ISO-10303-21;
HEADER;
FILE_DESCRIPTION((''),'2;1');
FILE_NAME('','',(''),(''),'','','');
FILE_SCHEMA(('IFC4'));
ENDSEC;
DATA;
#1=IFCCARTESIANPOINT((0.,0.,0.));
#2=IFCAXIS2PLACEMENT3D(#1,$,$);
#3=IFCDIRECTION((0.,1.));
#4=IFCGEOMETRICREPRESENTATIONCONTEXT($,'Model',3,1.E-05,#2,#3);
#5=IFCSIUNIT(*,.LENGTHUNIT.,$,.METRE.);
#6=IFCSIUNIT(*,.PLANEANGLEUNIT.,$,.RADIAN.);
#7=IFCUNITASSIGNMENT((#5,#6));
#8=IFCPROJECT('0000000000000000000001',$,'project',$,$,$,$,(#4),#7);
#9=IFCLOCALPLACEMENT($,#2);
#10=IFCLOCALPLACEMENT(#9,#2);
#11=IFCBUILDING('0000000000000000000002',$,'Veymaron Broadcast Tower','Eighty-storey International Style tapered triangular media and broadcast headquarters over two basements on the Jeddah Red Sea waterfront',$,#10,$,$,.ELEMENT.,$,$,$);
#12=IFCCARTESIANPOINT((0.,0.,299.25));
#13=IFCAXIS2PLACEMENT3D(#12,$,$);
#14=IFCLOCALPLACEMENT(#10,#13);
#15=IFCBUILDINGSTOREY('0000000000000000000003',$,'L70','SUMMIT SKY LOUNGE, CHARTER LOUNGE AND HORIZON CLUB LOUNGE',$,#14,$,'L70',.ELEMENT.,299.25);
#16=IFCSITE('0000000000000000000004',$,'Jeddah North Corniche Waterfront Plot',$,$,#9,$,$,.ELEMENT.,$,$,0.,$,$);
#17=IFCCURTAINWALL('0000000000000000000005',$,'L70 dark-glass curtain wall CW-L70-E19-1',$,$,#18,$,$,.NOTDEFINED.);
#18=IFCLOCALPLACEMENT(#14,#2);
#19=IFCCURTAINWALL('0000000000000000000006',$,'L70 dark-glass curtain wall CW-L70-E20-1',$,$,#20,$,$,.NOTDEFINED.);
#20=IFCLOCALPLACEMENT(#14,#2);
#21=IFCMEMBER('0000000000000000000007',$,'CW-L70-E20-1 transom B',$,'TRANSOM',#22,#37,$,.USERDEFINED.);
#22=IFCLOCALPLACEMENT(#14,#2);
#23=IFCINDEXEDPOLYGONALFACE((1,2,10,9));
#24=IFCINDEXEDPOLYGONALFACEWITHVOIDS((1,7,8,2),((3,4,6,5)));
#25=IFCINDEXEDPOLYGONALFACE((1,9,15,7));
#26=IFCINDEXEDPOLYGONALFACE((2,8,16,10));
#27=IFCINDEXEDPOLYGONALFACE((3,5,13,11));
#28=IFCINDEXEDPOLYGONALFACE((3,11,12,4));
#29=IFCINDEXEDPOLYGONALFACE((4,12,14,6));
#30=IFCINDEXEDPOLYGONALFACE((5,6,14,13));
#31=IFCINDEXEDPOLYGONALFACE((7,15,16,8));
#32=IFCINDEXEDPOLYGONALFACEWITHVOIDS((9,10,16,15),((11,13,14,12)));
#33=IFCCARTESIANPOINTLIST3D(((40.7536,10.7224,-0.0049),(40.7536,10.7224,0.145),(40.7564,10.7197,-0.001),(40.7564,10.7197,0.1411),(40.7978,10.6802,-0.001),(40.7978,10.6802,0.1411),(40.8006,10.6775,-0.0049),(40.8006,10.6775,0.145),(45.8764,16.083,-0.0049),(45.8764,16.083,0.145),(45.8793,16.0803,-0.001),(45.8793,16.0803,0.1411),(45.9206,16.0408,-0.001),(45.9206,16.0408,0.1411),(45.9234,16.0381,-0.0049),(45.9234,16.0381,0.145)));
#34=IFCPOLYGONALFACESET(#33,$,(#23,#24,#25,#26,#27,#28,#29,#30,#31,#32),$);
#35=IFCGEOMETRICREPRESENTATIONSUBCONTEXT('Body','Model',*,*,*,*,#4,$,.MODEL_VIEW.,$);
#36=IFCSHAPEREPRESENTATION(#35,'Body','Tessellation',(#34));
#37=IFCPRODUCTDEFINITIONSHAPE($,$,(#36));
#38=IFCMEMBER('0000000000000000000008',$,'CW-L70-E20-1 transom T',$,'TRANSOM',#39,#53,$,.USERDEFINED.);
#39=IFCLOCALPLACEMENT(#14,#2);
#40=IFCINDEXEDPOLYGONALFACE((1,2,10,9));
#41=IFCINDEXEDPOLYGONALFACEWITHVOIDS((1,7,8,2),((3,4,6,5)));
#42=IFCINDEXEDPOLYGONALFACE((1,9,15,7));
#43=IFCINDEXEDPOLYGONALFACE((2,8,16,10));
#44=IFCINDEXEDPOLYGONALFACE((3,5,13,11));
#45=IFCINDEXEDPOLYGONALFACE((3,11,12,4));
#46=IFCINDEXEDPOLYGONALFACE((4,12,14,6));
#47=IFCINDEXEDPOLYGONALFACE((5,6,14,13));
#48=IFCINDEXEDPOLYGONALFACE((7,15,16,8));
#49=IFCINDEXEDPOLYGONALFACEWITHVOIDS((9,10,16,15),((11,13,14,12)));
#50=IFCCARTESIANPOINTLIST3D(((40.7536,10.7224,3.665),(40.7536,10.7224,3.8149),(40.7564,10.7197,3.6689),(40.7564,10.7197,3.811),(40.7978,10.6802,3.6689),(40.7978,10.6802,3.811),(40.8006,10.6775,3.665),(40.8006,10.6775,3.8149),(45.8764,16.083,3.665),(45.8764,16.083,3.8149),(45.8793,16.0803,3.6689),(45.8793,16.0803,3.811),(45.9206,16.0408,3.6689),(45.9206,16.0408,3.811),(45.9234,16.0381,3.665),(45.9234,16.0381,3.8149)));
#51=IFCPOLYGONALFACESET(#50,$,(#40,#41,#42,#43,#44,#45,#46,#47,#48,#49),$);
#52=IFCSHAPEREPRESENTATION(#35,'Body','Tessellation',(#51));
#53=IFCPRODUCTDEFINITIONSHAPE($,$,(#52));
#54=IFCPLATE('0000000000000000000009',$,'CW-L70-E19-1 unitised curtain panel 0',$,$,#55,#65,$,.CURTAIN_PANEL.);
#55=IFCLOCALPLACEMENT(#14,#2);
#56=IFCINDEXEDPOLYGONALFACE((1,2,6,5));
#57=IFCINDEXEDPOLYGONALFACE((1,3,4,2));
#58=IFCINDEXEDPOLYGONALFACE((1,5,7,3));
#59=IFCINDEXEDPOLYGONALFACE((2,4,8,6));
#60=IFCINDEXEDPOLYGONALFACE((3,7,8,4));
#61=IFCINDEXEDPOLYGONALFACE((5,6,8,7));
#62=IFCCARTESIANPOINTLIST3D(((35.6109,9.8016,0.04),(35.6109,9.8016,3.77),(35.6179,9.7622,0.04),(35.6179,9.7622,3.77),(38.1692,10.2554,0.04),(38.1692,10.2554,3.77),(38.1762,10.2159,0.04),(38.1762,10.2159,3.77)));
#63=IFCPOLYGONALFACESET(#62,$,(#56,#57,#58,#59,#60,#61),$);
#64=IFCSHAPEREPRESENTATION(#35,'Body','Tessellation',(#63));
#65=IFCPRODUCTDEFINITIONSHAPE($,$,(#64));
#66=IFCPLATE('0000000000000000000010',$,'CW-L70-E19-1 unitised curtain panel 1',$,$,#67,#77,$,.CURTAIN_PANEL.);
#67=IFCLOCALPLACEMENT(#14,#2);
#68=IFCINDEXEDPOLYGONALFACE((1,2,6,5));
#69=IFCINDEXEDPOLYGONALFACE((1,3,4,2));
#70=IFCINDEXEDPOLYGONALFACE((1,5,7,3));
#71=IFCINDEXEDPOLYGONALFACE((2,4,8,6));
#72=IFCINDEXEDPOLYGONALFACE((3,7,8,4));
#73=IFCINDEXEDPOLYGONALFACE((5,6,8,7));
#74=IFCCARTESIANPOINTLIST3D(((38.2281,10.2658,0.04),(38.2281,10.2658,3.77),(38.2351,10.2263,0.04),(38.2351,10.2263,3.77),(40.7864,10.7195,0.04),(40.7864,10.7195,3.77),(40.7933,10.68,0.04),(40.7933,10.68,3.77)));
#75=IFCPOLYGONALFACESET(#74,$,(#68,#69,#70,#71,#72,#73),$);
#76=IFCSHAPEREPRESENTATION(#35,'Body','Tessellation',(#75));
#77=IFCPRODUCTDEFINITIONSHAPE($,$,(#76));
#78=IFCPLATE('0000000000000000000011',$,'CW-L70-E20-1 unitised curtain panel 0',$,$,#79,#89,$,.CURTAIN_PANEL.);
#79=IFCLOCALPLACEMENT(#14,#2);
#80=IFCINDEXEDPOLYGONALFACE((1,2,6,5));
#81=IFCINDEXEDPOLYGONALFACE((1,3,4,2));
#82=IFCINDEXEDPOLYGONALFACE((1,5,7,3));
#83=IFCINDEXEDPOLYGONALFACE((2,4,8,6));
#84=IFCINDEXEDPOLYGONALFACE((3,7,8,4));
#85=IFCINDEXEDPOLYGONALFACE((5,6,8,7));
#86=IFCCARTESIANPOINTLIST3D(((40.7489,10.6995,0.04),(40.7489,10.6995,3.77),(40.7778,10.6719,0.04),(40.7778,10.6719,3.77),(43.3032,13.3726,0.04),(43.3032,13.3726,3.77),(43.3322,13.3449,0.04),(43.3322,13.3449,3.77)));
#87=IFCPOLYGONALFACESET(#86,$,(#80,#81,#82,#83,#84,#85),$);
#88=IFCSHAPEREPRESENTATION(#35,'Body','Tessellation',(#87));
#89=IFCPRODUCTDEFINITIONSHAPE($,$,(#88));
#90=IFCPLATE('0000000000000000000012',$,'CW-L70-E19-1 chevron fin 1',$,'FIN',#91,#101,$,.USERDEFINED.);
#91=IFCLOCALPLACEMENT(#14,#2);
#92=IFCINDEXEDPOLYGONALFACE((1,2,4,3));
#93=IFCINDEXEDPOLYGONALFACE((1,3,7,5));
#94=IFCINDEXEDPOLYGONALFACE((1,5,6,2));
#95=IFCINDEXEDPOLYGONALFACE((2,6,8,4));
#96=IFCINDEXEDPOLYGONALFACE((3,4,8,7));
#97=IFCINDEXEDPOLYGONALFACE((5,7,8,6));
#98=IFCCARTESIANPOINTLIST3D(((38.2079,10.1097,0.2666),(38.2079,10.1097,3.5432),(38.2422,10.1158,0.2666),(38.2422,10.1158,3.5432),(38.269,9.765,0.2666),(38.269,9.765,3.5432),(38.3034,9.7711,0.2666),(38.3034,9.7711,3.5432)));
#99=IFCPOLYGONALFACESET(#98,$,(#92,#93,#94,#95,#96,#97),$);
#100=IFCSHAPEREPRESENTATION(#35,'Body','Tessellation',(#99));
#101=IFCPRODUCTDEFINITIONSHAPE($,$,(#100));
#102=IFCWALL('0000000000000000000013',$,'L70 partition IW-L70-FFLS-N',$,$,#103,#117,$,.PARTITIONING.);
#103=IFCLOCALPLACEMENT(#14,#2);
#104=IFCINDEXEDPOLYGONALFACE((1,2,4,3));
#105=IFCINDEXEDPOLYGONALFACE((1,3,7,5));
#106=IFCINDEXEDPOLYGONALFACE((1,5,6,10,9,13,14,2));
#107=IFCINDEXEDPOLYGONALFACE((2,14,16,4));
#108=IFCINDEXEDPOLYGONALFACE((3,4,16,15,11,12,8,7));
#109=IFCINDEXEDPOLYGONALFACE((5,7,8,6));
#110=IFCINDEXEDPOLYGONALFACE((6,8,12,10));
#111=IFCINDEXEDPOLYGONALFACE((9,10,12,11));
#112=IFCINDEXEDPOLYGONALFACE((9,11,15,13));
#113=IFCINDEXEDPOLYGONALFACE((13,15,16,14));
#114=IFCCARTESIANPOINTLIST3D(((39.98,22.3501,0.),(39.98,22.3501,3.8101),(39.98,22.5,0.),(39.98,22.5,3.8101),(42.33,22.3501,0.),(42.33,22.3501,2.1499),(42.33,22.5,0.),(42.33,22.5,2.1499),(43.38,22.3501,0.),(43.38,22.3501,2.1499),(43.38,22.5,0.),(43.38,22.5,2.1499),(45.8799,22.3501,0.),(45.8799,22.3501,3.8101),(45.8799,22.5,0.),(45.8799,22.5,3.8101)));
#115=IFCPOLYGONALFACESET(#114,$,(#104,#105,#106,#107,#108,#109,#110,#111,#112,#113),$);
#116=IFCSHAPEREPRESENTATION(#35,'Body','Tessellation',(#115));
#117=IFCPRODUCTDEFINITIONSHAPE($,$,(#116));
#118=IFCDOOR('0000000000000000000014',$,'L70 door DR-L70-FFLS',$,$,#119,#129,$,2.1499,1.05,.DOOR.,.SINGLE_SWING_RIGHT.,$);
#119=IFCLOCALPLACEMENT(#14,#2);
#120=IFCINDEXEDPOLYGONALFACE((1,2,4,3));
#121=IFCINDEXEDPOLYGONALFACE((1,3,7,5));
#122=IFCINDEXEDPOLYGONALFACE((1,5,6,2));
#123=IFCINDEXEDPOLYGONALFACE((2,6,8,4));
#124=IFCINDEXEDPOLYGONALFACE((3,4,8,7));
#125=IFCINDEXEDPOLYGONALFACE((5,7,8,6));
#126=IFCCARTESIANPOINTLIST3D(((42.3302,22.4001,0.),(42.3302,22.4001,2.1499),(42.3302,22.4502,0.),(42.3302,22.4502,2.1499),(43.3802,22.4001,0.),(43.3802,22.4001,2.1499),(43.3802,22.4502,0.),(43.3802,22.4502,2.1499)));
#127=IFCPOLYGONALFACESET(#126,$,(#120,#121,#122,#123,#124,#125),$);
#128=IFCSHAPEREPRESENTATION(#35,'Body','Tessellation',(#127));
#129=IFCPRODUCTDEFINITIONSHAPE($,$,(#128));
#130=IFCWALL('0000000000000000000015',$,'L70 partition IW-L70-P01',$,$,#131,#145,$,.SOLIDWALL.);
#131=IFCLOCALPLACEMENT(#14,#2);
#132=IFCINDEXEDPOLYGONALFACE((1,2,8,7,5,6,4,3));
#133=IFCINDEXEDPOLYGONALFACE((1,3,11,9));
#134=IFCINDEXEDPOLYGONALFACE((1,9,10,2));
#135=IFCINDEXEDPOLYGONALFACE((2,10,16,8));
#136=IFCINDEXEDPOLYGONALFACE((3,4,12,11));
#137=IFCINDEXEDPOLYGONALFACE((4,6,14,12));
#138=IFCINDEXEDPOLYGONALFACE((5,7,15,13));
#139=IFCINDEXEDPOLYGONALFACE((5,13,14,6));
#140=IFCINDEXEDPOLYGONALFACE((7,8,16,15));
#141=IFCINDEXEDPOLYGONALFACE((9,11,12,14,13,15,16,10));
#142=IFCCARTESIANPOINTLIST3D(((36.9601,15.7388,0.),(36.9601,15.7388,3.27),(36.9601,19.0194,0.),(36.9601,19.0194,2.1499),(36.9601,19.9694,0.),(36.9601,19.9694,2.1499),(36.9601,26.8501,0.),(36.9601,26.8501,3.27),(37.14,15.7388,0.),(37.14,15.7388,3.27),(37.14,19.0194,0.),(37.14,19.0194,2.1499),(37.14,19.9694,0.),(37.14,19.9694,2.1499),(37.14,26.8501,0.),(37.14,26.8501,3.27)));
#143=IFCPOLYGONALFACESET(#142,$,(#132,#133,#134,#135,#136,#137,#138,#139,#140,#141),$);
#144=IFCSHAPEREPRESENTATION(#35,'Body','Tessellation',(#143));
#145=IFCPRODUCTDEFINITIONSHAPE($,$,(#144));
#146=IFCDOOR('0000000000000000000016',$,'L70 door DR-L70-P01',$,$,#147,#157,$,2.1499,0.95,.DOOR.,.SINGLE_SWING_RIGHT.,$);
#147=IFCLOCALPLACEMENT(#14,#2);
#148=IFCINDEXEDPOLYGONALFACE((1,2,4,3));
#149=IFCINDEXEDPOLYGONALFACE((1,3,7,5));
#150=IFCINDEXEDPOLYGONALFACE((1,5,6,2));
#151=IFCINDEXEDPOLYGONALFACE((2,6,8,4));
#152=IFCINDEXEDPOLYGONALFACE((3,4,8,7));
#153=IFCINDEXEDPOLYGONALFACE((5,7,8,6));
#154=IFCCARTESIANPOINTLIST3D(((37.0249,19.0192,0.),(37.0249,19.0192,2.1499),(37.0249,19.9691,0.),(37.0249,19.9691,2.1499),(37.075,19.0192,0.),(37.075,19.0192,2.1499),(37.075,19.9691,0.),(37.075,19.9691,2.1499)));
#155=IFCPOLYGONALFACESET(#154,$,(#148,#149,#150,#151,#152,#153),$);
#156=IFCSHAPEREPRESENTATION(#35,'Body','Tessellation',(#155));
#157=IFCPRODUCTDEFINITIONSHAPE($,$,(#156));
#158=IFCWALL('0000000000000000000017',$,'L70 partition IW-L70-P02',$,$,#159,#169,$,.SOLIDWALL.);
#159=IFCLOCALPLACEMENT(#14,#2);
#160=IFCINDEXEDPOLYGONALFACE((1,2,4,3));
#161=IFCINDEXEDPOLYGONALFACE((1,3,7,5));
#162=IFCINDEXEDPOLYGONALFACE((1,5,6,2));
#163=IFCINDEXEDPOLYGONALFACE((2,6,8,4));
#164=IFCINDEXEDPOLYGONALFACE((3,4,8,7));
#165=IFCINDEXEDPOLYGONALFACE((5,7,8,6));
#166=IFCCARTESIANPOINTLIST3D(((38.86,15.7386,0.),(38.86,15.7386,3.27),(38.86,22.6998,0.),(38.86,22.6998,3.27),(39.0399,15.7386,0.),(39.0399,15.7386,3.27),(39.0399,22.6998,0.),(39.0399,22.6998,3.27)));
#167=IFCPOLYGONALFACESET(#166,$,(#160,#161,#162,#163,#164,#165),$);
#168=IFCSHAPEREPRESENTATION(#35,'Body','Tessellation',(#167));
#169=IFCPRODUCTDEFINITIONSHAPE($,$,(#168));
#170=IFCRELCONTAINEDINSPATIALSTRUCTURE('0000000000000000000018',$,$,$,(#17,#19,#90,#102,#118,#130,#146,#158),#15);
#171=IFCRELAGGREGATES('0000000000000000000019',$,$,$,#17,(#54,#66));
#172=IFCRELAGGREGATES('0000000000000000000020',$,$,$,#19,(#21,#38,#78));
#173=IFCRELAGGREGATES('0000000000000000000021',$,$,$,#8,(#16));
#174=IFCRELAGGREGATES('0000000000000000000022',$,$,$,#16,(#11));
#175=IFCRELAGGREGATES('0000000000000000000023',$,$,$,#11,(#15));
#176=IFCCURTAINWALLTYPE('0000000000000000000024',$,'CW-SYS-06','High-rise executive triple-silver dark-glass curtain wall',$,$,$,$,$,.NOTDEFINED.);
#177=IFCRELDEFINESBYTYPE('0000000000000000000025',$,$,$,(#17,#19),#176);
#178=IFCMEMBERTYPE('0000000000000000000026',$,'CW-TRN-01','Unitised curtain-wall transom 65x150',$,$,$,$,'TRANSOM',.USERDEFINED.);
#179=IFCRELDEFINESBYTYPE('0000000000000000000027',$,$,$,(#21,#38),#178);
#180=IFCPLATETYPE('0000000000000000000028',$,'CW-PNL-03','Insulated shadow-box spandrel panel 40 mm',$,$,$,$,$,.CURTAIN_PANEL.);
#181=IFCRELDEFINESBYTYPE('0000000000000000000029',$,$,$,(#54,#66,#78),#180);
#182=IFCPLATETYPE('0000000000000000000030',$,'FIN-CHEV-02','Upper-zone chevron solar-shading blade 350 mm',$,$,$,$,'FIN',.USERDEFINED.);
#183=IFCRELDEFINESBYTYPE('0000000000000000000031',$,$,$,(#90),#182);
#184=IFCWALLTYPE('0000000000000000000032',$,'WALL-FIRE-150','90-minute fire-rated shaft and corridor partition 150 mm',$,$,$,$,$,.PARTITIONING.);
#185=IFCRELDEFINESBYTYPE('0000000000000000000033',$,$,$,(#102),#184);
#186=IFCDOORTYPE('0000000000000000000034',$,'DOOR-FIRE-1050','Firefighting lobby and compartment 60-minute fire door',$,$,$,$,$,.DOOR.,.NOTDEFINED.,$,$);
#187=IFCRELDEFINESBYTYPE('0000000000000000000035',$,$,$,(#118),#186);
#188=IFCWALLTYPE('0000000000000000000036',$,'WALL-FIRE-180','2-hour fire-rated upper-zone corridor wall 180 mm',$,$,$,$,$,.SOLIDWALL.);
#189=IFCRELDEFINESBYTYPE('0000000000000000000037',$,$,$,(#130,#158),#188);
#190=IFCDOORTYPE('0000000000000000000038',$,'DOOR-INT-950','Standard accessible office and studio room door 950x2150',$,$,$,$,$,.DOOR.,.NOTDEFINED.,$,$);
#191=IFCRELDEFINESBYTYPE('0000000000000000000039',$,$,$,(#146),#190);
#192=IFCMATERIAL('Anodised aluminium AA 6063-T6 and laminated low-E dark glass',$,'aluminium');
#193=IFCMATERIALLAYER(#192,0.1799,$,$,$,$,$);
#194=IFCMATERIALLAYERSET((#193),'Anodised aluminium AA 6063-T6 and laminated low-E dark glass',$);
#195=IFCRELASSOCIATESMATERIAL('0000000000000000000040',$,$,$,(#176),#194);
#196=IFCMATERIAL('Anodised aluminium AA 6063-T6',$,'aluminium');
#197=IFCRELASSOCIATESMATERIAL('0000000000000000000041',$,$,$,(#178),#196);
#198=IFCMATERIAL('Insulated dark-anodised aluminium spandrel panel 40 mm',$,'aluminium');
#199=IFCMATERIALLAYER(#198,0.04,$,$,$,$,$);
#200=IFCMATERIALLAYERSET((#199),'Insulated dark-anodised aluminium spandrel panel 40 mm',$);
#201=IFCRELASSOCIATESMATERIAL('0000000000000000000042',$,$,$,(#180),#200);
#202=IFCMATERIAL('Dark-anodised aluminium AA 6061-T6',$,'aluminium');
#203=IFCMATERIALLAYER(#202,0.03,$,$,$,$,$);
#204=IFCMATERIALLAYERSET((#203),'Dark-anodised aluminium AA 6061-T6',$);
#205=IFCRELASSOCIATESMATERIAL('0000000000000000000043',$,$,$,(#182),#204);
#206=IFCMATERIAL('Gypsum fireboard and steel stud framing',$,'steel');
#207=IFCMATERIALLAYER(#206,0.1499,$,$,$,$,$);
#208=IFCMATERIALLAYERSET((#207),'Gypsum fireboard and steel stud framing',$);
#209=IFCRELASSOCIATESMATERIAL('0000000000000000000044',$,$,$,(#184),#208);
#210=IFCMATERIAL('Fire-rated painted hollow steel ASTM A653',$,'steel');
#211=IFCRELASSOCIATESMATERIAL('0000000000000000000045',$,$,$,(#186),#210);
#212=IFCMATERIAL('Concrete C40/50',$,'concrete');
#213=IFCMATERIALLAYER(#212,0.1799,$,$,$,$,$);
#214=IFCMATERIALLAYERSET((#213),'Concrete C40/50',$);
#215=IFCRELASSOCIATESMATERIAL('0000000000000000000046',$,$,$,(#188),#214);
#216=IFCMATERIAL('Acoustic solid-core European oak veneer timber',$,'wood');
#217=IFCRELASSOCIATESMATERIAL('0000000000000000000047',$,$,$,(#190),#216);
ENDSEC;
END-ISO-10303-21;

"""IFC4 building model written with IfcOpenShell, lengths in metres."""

from ifc_helpers import new_model, si_unit, direction, frame, frame_2d, origin, origin_2d, place, context, subcontext, project, spatial, rectangle, hollow_rectangle, extrude, material, layer, layer_set, material_profile, profile_set, type_object, element, fill, aggregate, save


model = new_model("IFC4")

# Units and contexts
model_context = context("Model", 3, precision=1e-05, world=origin(), true_north=direction((0.0, 1.0)))
body_context = subcontext(model_context, "Body", "Model", "MODEL_VIEW")
ifc_project = project(units=[si_unit("LENGTHUNIT", "METRE"), si_unit("PLANEANGLEUNIT", "RADIAN")], contexts=[model_context])

# Site, building, storey
site_placement = place(None, origin())
site = spatial("IfcSite", under=ifc_project, at=site_placement, Name="Jeddah North Corniche Waterfront Plot", CompositionType="ELEMENT", RefElevation=0.0)
building_placement = place(site_placement, origin())
building = spatial("IfcBuilding", under=site, at=building_placement, Name="Veymaron Broadcast Tower", Description="Eighty-storey International Style tapered triangular media and broadcast headquarters over two basements on the Jeddah Red Sea waterfront", CompositionType="ELEMENT")
storey_placement = place(building_placement, frame((0.0, 0.0, 299.25)))
storey = spatial("IfcBuildingStorey", under=building, at=storey_placement, Name="L70", Description="SUMMIT SKY LOUNGE, CHARTER LOUNGE AND HORIZON CLUB LOUNGE", LongName="L70", CompositionType="ELEMENT", Elevation=299.25)

# Curtain wall
ifc_material_1 = material(Name="Anodised aluminium AA 6063-T6 and laminated low-E dark glass", Category="aluminium")
ifc_layer_1 = layer(ifc_material_1, 0.1799)
ifc_layer_set_1 = layer_set([ifc_layer_1], Name="Anodised aluminium AA 6063-T6 and laminated low-E dark glass")
curtain_wall_type = type_object("IfcCurtainWallType", Name="CW-SYS-06", Description="High-rise executive triple-silver dark-glass curtain wall", PredefinedType="NOTDEFINED", material=ifc_layer_set_1)
curtain_wall_1_placement = place(storey_placement, origin())
curtain_wall_1 = element("IfcCurtainWall", 1, at=curtain_wall_1_placement, inside=storey, type_object=curtain_wall_type, Name="L70 dark-glass curtain wall CW-L70-E19-1", PredefinedType="NOTDEFINED")
ifc_material_2 = material(Name="Anodised aluminium AA 6063-T6", Category="aluminium")

# Curtain wall
curtain_wall_2_placement = place(storey_placement, origin())
curtain_wall_2 = element("IfcCurtainWall", 2, at=curtain_wall_2_placement, inside=storey, type_object=curtain_wall_type, Name="L70 dark-glass curtain wall CW-L70-E20-1", PredefinedType="NOTDEFINED")

# Members
ifc_material_profile_1 = material_profile(ifc_material_2, hollow_rectangle(XDim=0.0649, YDim=0.1499, WallThickness=0.0039, at=origin_2d()), Name="AL150X65X4")
ifc_profile_set_1 = profile_set([ifc_material_profile_1], Name="Anodised aluminium AA 6063-T6")
member_type_1 = type_object("IfcMemberType", Name="CW-TRN-01", Description="Unitised curtain-wall transom 65x150", ElementType="TRANSOM", PredefinedType="USERDEFINED", material=ifc_profile_set_1)
member_1_placement = place(storey_placement, frame((40.7771, 10.7, 0.0701), z_axis=(0.69089, 0.72296, 0.0), x_axis=(-0.72296, 0.69089, 0.0)))
member_1 = element("IfcMember", 3, at=member_1_placement, type_object=member_type_1, Name="CW-L70-E20-1 transom B", ObjectType="TRANSOM", PredefinedType="USERDEFINED", context=body_context, shape_type="SweptSolid", body=[
    extrude(hollow_rectangle(XDim=0.0649, YDim=0.1499, WallThickness=0.0039, at=origin_2d()), origin(), (0.0, 0.0, 1.0), 7.4148),
])
member_2_placement = place(storey_placement, frame((40.7771, 10.7, 3.74), z_axis=(0.69089, 0.72296, 0.0), x_axis=(-0.72296, 0.69089, 0.0)))
member_2 = element("IfcMember", 4, at=member_2_placement, type_object=member_type_1, Name="CW-L70-E20-1 transom T", ObjectType="TRANSOM", PredefinedType="USERDEFINED", context=body_context, shape_type="SweptSolid", body=[
    extrude(hollow_rectangle(XDim=0.0649, YDim=0.1499, WallThickness=0.0039, at=origin_2d()), origin(), (0.0, 0.0, 1.0), 7.4148),
])

# Plates
ifc_material_3 = material(Name="Insulated dark-anodised aluminium spandrel panel 40 mm", Category="aluminium")
ifc_layer_2 = layer(ifc_material_3, 0.04)
ifc_layer_set_2 = layer_set([ifc_layer_2], Name="Insulated dark-anodised aluminium spandrel panel 40 mm")
plate_type_1 = type_object("IfcPlateType", Name="CW-PNL-03", Description="Insulated shadow-box spandrel panel 40 mm", PredefinedType="CURTAIN_PANEL", material=ifc_layer_set_2)
plate_1_placement = place(storey_placement, frame((36.8936, 10.0088, 0.04), z_axis=(0.0, 0.0, 1.0), x_axis=(0.984635, 0.174628, 0.0)))
plate_1 = element("IfcPlate", 5, at=plate_1_placement, type_object=plate_type_1, Name="CW-L70-E19-1 unitised curtain panel 0", PredefinedType="CURTAIN_PANEL", context=body_context, shape_type="SweptSolid", body=[
    extrude(rectangle(XDim=2.5981, YDim=0.04, at=origin_2d()), origin(), (0.0, 0.0, 1.0), 3.73),
])
plate_2_placement = place(storey_placement, frame((39.5107, 10.4729, 0.04), z_axis=(0.0, 0.0, 1.0), x_axis=(0.984635, 0.174628, 0.0)))
plate_2 = element("IfcPlate", 6, at=plate_2_placement, type_object=plate_type_1, Name="CW-L70-E19-1 unitised curtain panel 1", PredefinedType="CURTAIN_PANEL", context=body_context, shape_type="SweptSolid", body=[
    extrude(rectangle(XDim=2.5981, YDim=0.04, at=origin_2d()), origin(), (0.0, 0.0, 1.0), 3.73),
])
aggregate(curtain_wall_1, [plate_1, plate_2])
plate_3_placement = place(storey_placement, frame((42.0405, 12.0222, 0.04), z_axis=(0.0, 0.0, 1.0), x_axis=(0.69087, 0.722979, 0.0)))
plate_3 = element("IfcPlate", 7, at=plate_3_placement, type_object=plate_type_1, Name="CW-L70-E20-1 unitised curtain panel 0", PredefinedType="CURTAIN_PANEL", context=body_context, shape_type="SweptSolid", body=[
    extrude(rectangle(XDim=3.6973, YDim=0.04, at=origin_2d()), origin(), (0.0, 0.0, 1.0), 3.73),
])
aggregate(curtain_wall_2, [member_1, member_2, plate_3])
ifc_material_4 = material(Name="Dark-anodised aluminium AA 6061-T6", Category="aluminium")
ifc_layer_3 = layer(ifc_material_4, 0.03)
ifc_layer_set_3 = layer_set([ifc_layer_3], Name="Dark-anodised aluminium AA 6061-T6")
plate_type_2 = type_object("IfcPlateType", Name="FIN-CHEV-02", Description="Upper-zone chevron solar-shading blade 350 mm", ElementType="FIN", PredefinedType="USERDEFINED", material=ifc_layer_set_3)
plate_4_placement = place(storey_placement, frame((38.2556, 9.9404, 0.2666), z_axis=(0.0, 0.0, 1.0), x_axis=(0.174628, -0.984635, 0.0)))
element("IfcPlate", 8, at=plate_4_placement, inside=storey, type_object=plate_type_2, Name="CW-L70-E19-1 chevron fin 1", ObjectType="FIN", PredefinedType="USERDEFINED", context=body_context, shape_type="SweptSolid", body=[
    extrude(rectangle(XDim=0.3501, YDim=0.0349, at=origin_2d()), origin(), (0.0, 0.0, 1.0), 3.2766),
])

# Walls, openings, doors
ifc_material_5 = material(Name="Gypsum fireboard and steel stud framing", Category="steel")
ifc_layer_4 = layer(ifc_material_5, 0.1499)
ifc_layer_set_4 = layer_set([ifc_layer_4], Name="Gypsum fireboard and steel stud framing")
wall_type_1 = type_object("IfcWallType", Name="WALL-FIRE-150", Description="90-minute fire-rated shaft and corridor partition 150 mm", PredefinedType="PARTITIONING", material=ifc_layer_set_4)
wall_1_placement = place(storey_placement, frame((39.98, 22.425, 0.0), z_axis=(0.0, 0.0, 1.0), x_axis=(1.0, 0.0, 0.0)))
wall_1 = element("IfcWall", 9, at=wall_1_placement, inside=storey, type_object=wall_type_1, Name="L70 partition IW-L70-FFLS-N", PredefinedType="PARTITIONING", context=body_context, shape_type="SweptSolid", body=[
    extrude(rectangle(XDim=5.8999, YDim=0.1499, at=frame_2d((2.95, 0.0))), origin(), (0.0, 0.0, 1.0), 3.8101),
])
opening_1_placement = place(wall_1_placement, frame((2.3501, 0.0, 0.0)))
opening_1 = element("IfcOpeningElement", 10, at=opening_1_placement, cuts=wall_1, PredefinedType="OPENING", context=body_context, shape_type="SweptSolid", body=[
    extrude(rectangle(XDim=1.05, YDim=2.1499, at=frame_2d((0.5249, 1.075))), frame((0.0, 0.085, 0.0), z_axis=(0.0, -1.0, 0.0), x_axis=(1.0, 0.0, 0.0)), (0.0, 0.0, 1.0), 0.1699),
])
ifc_material_6 = material(Name="Fire-rated painted hollow steel ASTM A653", Category="steel")
door_type_1 = type_object("IfcDoorType", Name="DOOR-FIRE-1050", Description="Firefighting lobby and compartment 60-minute fire door", OperationType="NOTDEFINED", PredefinedType="DOOR", material=ifc_material_6)
door_1_placement = place(opening_1_placement, frame((1.05, 0.0, 0.0), z_axis=(0.0, 0.0, 1.0), x_axis=(-1.0, 0.0, 0.0)))
door_1 = element("IfcDoor", 11, at=door_1_placement, inside=storey, type_object=door_type_1, Name="L70 door DR-L70-FFLS", OperationType="SINGLE_SWING_RIGHT", OverallHeight=2.1499, OverallWidth=1.05, PredefinedType="DOOR", context=body_context, shape_type="SweptSolid", body=[
    extrude(rectangle(XDim=1.05, YDim=2.1499, at=frame_2d((0.5249, 1.075))), frame((0.0, 0.0249, 0.0), z_axis=(0.0, -1.0, 0.0), x_axis=(1.0, 0.0, 0.0)), (0.0, 0.0, 1.0), 0.05),
])
fill(opening_1, door_1)
ifc_material_7 = material(Name="Concrete C40/50", Category="concrete")
ifc_layer_5 = layer(ifc_material_7, 0.1799)
ifc_layer_set_5 = layer_set([ifc_layer_5], Name="Concrete C40/50")
wall_type_2 = type_object("IfcWallType", Name="WALL-FIRE-180", Description="2-hour fire-rated upper-zone corridor wall 180 mm", PredefinedType="SOLIDWALL", material=ifc_layer_set_5)
wall_2_placement = place(storey_placement, frame((37.05, 15.7388, 0.0), z_axis=(0.0, 0.0, 1.0), x_axis=(0.0, 1.0, 0.0)))
wall_2 = element("IfcWall", 12, at=wall_2_placement, inside=storey, type_object=wall_type_2, Name="L70 partition IW-L70-P01", PredefinedType="SOLIDWALL", context=body_context, shape_type="SweptSolid", body=[
    extrude(rectangle(XDim=11.1113, YDim=0.1799, at=frame_2d((5.5557, 0.0))), origin(), (0.0, 0.0, 1.0), 3.27),
])
opening_2_placement = place(wall_2_placement, frame((3.2805, 0.0, 0.0)))
opening_2 = element("IfcOpeningElement", 13, at=opening_2_placement, cuts=wall_2, PredefinedType="OPENING", context=body_context, shape_type="SweptSolid", body=[
    extrude(rectangle(XDim=0.95, YDim=2.1499, at=frame_2d((0.4751, 1.075))), frame((0.0, 0.1001, 0.0), z_axis=(0.0, -1.0, 0.0), x_axis=(1.0, 0.0, 0.0)), (0.0, 0.0, 1.0), 0.2),
])
ifc_material_8 = material(Name="Acoustic solid-core European oak veneer timber", Category="wood")
door_type_2 = type_object("IfcDoorType", Name="DOOR-INT-950", Description="Standard accessible office and studio room door 950x2150", OperationType="NOTDEFINED", PredefinedType="DOOR", material=ifc_material_8)
door_2_placement = place(opening_2_placement, frame((0.95, 0.0, 0.0), z_axis=(0.0, 0.0, 1.0), x_axis=(-1.0, 0.0, 0.0)))
door_2 = element("IfcDoor", 14, at=door_2_placement, inside=storey, type_object=door_type_2, Name="L70 door DR-L70-P01", OperationType="SINGLE_SWING_RIGHT", OverallHeight=2.1499, OverallWidth=0.95, PredefinedType="DOOR", context=body_context, shape_type="SweptSolid", body=[
    extrude(rectangle(XDim=0.95, YDim=2.1499, at=frame_2d((0.4751, 1.075))), frame((0.0, 0.0249, 0.0), z_axis=(0.0, -1.0, 0.0), x_axis=(1.0, 0.0, 0.0)), (0.0, 0.0, 1.0), 0.05),
])
fill(opening_2, door_2)

# Wall
wall_3_placement = place(storey_placement, frame((38.95, 15.7388, 0.0), z_axis=(0.0, 0.0, 1.0), x_axis=(0.0, 1.0, 0.0)))
element("IfcWall", 15, at=wall_3_placement, inside=storey, type_object=wall_type_2, Name="L70 partition IW-L70-P02", PredefinedType="SOLIDWALL", context=body_context, shape_type="SweptSolid", body=[
    extrude(rectangle(XDim=6.9612, YDim=0.1799, at=frame_2d((3.4805, 0.0))), origin(), (0.0, 0.0, 1.0), 3.27),
])

save(model, "model.ifc")
